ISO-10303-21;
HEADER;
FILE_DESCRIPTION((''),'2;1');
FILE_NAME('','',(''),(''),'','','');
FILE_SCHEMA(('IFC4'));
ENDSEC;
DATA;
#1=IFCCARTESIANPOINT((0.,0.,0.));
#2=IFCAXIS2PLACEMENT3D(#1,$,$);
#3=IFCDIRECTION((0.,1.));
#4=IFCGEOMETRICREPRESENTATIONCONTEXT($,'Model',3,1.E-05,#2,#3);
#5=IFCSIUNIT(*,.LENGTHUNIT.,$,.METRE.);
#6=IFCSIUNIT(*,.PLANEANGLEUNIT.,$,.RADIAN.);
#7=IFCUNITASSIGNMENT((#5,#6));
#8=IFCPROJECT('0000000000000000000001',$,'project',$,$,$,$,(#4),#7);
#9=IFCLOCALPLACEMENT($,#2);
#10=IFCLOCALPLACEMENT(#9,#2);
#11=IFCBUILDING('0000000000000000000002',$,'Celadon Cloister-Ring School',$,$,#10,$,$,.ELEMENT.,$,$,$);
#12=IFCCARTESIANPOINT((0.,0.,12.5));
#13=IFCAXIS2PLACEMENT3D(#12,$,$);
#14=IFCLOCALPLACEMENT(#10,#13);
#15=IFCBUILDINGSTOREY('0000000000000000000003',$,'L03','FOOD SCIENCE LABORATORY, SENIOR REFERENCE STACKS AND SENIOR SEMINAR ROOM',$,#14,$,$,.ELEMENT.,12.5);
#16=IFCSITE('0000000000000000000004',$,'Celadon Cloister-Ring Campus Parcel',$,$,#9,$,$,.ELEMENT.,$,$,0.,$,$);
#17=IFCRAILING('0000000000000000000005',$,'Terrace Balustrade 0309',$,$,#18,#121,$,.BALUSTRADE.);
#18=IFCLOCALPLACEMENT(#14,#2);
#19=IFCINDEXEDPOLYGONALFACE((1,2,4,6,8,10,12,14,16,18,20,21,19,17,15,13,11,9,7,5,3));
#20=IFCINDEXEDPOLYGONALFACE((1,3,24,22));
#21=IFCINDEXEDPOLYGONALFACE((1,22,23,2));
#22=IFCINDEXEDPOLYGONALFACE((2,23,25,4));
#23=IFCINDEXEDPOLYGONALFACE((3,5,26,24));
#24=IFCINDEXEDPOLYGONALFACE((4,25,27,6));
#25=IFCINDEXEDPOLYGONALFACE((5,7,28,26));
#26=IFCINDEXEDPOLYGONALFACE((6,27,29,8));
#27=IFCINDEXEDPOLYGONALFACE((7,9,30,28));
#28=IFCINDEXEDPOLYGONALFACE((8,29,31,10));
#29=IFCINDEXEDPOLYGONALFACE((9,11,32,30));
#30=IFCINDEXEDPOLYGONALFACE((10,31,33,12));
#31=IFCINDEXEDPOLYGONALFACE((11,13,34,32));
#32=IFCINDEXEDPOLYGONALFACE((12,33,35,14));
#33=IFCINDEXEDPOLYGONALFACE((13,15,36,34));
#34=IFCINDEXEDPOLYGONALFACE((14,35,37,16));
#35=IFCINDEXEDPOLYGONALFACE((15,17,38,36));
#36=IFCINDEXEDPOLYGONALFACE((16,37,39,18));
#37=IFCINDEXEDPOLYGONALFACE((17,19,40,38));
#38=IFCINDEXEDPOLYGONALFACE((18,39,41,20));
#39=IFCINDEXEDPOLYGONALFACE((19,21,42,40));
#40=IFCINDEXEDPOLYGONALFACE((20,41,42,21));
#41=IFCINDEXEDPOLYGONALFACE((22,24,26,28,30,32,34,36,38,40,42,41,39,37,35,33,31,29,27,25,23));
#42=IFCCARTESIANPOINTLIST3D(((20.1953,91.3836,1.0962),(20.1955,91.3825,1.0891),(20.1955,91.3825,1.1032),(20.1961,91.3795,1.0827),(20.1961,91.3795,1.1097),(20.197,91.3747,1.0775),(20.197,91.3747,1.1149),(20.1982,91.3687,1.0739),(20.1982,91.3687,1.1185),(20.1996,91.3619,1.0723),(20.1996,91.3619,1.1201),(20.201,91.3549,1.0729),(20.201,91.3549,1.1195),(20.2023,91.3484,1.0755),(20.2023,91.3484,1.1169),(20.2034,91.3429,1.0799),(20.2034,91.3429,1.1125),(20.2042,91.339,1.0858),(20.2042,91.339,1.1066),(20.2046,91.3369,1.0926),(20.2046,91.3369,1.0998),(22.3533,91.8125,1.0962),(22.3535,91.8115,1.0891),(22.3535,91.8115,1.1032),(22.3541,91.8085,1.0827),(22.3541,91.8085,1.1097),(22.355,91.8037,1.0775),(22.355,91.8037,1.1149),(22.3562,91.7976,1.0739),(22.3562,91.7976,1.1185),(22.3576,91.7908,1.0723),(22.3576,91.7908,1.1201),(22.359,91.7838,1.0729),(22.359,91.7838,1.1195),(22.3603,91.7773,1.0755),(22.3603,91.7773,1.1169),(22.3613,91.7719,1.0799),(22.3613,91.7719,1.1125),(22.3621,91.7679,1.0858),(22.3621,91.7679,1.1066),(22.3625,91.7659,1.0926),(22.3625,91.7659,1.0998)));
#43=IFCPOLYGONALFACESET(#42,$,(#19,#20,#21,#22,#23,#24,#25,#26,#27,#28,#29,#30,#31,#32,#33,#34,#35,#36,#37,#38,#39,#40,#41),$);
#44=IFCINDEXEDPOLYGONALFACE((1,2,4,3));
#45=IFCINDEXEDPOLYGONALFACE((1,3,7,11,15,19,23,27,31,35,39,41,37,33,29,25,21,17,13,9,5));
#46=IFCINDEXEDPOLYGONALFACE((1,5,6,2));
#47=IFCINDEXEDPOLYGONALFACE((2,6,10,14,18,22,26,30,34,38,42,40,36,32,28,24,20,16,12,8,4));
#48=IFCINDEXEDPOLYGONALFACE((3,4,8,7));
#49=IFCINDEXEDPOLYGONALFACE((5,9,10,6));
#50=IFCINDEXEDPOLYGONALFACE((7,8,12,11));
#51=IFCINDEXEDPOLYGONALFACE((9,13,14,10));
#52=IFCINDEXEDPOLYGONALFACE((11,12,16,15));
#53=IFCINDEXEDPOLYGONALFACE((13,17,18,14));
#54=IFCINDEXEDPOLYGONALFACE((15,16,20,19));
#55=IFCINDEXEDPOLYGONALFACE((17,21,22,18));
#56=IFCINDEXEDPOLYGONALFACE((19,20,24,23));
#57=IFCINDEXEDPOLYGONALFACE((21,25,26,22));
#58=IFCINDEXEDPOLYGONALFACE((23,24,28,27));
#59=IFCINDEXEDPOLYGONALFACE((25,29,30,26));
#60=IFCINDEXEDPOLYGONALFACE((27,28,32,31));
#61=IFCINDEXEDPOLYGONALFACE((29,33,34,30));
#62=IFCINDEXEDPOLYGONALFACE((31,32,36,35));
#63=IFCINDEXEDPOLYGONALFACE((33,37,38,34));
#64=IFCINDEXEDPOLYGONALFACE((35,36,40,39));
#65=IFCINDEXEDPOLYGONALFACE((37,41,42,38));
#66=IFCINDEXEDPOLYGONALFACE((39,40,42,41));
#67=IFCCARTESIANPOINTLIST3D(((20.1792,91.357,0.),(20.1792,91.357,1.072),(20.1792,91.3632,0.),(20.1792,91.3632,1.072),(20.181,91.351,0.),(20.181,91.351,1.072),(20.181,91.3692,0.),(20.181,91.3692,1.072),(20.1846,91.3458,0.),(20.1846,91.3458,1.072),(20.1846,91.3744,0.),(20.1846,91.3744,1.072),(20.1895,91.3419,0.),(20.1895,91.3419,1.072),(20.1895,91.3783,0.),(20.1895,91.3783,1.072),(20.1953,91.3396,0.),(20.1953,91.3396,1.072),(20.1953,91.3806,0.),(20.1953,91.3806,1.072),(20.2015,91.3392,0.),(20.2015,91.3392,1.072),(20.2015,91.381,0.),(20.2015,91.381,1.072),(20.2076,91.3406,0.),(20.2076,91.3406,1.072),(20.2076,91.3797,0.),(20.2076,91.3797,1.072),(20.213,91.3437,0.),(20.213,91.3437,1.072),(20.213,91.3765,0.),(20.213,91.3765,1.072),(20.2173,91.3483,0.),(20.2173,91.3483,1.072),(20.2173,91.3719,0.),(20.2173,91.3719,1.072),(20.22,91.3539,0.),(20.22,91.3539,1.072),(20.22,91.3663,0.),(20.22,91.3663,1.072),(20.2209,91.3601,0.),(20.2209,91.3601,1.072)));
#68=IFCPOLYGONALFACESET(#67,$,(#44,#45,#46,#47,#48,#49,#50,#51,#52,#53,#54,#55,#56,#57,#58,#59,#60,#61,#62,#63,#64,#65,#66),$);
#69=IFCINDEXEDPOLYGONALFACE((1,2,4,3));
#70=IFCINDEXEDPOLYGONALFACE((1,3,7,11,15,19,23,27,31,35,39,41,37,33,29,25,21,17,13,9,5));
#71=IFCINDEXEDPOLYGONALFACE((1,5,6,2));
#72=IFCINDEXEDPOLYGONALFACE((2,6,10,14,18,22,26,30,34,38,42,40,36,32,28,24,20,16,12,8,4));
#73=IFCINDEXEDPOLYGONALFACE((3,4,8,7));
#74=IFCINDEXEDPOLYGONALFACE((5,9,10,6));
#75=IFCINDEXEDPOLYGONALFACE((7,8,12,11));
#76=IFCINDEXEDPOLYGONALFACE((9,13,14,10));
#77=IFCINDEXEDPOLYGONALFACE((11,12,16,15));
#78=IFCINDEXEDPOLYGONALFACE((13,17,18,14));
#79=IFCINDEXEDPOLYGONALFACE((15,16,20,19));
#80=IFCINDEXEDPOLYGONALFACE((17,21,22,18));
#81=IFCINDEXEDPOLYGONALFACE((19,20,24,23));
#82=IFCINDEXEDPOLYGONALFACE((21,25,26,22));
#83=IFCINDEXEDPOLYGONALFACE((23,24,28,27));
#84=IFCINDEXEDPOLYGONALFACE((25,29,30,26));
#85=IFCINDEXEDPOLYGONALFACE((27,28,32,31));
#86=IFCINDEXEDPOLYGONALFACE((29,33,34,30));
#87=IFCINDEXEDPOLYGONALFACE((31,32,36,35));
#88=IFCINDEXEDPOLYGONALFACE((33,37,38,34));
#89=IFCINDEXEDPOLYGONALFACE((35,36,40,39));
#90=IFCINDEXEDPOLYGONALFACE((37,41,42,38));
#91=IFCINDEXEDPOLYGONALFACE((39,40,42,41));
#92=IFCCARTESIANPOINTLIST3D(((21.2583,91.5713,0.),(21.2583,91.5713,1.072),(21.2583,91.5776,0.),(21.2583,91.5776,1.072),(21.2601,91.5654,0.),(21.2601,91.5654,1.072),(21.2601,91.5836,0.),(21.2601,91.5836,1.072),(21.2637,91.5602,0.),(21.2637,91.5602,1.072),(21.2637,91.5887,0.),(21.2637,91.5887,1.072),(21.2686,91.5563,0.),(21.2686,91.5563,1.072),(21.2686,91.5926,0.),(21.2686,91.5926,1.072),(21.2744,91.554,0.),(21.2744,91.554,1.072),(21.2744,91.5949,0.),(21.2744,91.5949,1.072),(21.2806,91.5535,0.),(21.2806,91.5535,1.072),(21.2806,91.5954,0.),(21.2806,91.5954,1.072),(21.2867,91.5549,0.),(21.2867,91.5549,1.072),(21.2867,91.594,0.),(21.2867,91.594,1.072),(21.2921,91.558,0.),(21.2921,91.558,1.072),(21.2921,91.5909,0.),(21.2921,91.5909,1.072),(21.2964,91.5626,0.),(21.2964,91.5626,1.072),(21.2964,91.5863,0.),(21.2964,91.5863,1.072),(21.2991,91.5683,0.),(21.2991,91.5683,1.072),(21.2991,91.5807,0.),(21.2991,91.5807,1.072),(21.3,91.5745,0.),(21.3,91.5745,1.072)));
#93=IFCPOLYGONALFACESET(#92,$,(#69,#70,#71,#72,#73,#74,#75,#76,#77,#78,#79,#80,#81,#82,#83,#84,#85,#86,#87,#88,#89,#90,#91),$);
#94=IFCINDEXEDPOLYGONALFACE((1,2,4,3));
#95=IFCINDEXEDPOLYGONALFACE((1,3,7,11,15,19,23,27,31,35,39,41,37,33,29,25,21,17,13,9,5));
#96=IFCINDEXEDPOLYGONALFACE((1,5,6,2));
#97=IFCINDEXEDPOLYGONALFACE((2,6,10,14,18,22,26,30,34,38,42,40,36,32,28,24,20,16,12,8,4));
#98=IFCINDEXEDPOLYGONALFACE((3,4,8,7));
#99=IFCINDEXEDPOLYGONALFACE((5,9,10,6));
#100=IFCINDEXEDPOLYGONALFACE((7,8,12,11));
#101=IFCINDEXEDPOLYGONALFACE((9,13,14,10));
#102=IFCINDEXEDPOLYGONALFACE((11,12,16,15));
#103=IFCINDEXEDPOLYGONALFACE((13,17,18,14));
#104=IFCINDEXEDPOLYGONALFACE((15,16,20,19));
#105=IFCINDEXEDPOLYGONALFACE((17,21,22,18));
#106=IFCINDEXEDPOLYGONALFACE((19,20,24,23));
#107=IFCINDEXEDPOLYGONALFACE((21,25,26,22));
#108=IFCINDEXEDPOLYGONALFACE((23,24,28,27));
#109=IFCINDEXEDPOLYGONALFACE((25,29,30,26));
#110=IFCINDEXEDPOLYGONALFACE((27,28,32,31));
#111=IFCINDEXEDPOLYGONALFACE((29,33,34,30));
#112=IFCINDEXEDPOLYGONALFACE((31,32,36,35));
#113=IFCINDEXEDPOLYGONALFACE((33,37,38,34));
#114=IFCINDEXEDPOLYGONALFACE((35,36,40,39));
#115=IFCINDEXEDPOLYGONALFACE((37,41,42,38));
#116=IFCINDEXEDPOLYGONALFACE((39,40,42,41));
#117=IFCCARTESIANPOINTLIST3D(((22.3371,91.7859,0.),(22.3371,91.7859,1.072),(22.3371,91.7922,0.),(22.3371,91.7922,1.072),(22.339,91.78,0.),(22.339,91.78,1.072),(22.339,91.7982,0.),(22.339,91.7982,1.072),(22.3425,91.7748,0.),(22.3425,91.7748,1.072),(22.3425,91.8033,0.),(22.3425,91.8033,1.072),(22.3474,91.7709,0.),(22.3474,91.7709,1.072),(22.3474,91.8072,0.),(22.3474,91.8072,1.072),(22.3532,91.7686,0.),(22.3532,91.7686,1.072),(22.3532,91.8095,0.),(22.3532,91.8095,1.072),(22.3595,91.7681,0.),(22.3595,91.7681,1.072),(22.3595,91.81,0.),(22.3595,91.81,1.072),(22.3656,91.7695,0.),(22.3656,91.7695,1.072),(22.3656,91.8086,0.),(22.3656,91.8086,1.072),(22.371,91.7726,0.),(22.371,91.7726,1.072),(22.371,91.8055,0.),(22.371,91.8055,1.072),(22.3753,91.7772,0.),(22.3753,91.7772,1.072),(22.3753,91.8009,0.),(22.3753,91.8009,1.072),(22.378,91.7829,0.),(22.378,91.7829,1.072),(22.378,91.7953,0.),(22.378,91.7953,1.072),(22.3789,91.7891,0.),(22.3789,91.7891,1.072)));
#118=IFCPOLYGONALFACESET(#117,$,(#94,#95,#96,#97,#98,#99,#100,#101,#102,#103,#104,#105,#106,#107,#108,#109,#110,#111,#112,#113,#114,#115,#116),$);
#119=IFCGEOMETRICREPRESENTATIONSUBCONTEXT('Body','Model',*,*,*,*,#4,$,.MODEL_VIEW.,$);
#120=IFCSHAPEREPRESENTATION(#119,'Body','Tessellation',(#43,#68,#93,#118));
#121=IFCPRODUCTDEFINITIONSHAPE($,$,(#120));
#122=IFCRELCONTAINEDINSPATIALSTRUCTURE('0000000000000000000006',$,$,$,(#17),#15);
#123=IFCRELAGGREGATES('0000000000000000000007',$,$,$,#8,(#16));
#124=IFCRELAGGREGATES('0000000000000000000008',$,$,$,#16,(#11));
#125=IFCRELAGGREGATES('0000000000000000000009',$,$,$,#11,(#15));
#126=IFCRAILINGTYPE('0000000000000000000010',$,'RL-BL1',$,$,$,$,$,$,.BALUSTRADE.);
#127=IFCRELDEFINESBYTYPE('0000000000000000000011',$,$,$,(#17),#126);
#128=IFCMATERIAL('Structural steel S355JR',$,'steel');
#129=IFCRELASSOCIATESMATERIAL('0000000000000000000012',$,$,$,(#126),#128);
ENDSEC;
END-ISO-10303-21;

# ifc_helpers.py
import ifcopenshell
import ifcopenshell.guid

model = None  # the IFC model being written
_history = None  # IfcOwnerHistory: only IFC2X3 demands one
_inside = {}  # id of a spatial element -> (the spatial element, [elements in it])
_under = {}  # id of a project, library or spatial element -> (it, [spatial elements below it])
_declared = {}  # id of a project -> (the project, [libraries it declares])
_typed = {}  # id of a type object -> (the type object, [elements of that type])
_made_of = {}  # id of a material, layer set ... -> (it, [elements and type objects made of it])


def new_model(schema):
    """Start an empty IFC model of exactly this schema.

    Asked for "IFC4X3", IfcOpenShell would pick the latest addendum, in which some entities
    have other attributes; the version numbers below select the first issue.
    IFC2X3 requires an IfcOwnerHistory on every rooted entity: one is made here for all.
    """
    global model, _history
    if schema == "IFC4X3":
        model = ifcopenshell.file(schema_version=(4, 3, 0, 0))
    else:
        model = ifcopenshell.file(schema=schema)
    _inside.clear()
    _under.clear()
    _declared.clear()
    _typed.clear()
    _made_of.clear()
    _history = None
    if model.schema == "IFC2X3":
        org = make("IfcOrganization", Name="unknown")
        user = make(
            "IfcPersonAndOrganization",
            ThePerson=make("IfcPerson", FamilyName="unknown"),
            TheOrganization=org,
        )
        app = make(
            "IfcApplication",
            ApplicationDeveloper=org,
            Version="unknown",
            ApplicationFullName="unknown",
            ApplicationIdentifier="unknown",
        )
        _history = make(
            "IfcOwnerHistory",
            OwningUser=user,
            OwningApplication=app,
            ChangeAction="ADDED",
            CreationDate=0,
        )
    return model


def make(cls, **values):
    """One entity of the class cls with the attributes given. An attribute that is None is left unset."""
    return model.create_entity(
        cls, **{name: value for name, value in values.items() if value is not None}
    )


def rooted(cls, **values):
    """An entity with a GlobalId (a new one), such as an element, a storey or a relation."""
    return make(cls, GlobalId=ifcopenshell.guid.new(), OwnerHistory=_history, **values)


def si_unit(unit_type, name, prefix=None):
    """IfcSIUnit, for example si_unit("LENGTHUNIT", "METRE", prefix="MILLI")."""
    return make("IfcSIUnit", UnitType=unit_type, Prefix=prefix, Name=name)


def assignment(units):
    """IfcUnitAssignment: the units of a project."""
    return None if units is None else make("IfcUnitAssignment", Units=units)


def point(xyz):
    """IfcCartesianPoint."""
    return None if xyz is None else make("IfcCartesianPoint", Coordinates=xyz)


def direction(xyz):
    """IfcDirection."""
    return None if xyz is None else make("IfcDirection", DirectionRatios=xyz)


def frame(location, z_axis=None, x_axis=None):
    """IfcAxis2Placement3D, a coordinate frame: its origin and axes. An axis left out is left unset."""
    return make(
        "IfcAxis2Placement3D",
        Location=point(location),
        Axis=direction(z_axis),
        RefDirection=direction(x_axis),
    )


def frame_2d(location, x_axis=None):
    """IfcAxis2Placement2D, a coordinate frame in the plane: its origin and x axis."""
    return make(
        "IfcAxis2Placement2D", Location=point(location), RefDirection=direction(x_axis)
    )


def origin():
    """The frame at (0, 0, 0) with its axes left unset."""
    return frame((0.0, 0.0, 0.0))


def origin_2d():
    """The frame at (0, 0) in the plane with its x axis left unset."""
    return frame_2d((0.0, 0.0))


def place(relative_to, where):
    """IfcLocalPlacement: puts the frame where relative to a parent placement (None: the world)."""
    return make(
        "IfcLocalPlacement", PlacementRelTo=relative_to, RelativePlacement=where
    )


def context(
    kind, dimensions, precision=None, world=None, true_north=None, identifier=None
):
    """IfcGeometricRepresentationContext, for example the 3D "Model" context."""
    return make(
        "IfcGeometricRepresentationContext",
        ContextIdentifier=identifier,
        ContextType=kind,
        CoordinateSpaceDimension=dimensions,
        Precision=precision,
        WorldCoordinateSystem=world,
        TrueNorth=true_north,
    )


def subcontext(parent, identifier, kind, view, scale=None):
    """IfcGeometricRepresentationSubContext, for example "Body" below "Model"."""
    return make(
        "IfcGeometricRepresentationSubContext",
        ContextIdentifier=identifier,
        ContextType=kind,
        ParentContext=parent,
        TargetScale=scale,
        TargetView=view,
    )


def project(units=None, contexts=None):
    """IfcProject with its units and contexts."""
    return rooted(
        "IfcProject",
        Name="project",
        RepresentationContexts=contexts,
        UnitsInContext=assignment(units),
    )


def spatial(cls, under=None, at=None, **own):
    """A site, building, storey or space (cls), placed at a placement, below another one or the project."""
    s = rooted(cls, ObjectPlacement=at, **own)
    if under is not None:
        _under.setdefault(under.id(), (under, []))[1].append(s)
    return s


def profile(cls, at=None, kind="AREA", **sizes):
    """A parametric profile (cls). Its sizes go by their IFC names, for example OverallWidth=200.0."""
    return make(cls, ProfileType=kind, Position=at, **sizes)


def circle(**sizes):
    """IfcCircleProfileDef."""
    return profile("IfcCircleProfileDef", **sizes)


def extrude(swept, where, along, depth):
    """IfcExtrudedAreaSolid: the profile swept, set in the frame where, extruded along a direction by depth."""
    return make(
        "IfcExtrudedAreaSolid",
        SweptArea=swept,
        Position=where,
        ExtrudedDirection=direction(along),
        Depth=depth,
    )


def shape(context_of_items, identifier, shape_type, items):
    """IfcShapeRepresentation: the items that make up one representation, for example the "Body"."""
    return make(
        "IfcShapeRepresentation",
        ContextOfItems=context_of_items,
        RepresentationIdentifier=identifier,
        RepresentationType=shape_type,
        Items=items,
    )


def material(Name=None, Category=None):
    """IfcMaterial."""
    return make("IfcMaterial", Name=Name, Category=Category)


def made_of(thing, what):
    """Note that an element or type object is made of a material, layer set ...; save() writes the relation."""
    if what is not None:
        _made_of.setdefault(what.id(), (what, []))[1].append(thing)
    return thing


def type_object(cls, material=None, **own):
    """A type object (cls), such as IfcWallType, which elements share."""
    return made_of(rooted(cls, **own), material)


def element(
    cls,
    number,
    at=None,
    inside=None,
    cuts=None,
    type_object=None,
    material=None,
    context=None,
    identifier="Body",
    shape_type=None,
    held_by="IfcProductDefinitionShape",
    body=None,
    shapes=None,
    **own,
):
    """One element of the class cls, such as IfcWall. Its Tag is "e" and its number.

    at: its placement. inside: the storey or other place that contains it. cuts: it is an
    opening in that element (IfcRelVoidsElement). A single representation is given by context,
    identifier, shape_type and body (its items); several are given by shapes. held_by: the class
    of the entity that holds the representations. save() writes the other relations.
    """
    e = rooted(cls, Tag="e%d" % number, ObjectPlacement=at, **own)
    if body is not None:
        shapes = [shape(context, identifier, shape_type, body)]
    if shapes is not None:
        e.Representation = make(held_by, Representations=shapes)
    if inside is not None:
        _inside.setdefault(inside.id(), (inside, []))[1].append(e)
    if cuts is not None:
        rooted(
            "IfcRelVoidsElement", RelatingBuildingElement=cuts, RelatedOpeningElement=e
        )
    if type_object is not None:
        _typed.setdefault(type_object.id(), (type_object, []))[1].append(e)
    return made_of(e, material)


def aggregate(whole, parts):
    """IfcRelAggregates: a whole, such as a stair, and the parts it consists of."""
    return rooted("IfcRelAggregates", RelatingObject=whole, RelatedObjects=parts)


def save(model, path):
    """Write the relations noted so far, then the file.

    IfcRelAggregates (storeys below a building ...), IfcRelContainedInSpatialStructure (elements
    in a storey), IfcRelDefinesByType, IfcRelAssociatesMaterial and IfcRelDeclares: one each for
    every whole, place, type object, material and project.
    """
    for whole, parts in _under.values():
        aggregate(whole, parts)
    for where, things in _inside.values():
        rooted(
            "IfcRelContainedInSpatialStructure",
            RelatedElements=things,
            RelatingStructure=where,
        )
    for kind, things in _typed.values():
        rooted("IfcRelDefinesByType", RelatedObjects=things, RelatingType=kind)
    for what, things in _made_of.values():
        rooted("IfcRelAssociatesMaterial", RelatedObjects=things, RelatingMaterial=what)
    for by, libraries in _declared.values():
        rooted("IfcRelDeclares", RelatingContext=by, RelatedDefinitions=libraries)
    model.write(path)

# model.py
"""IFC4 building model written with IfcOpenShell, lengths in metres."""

from ifc_helpers import new_model, si_unit, direction, frame, origin, origin_2d, place, context, subcontext, project, spatial, circle, extrude, material, type_object, element, save


model = new_model("IFC4")

# Units and contexts
model_context = context("Model", 3, precision=1e-05, world=origin(), true_north=direction((0.0, 1.0)))
body_context = subcontext(model_context, "Body", "Model", "MODEL_VIEW")
ifc_project = project(units=[si_unit("LENGTHUNIT", "METRE"), si_unit("PLANEANGLEUNIT", "RADIAN")], contexts=[model_context])

# Site, building, storey
site_placement = place(None, origin())
site = spatial("IfcSite", under=ifc_project, at=site_placement, Name="Celadon Cloister-Ring Campus Parcel", CompositionType="ELEMENT", RefElevation=0.0)
building_placement = place(site_placement, origin())
building = spatial("IfcBuilding", under=site, at=building_placement, Name="Celadon Cloister-Ring School", CompositionType="ELEMENT")
storey_placement = place(building_placement, frame((0.0, 0.0, 12.5)))
storey = spatial("IfcBuildingStorey", under=building, at=storey_placement, Name="L03", Description="FOOD SCIENCE LABORATORY, SENIOR REFERENCE STACKS AND SENIOR SEMINAR ROOM", CompositionType="ELEMENT", Elevation=12.5)

# Railing
ifc_material_1 = material(Name="Structural steel S355JR", Category="steel")
railing_type = type_object("IfcRailingType", Name="RL-BL1", PredefinedType="BALUSTRADE", material=ifc_material_1)
railing_1_placement = place(storey_placement, frame((20.2, 91.3601, 0.0)))
element("IfcRailing", 1, at=railing_1_placement, inside=storey, type_object=railing_type, Name="Terrace Balustrade 0309", PredefinedType="BALUSTRADE", context=body_context, shape_type="SweptSolid", body=[
    extrude(circle(Radius=0.0239, at=origin_2d()), frame((0.0, 0.0, 1.0962), z_axis=(0.98081, 0.194964, 0.0), x_axis=(-0.194964, 0.98081, 0.0)), (0.0, 0.0, 1.0), 2.2002),
    extrude(circle(Radius=0.021, at=origin_2d()), origin(), (0.0, 0.0, 1.0), 1.072),
    extrude(circle(Radius=0.021, at=origin_2d()), frame((1.0791, 0.2144, 0.0)), (0.0, 0.0, 1.0), 1.072),
    extrude(circle(Radius=0.021, at=origin_2d()), frame((2.158, 0.429, 0.0)), (0.0, 0.0, 1.0), 1.072),
])

save(model, "model.ifc")
